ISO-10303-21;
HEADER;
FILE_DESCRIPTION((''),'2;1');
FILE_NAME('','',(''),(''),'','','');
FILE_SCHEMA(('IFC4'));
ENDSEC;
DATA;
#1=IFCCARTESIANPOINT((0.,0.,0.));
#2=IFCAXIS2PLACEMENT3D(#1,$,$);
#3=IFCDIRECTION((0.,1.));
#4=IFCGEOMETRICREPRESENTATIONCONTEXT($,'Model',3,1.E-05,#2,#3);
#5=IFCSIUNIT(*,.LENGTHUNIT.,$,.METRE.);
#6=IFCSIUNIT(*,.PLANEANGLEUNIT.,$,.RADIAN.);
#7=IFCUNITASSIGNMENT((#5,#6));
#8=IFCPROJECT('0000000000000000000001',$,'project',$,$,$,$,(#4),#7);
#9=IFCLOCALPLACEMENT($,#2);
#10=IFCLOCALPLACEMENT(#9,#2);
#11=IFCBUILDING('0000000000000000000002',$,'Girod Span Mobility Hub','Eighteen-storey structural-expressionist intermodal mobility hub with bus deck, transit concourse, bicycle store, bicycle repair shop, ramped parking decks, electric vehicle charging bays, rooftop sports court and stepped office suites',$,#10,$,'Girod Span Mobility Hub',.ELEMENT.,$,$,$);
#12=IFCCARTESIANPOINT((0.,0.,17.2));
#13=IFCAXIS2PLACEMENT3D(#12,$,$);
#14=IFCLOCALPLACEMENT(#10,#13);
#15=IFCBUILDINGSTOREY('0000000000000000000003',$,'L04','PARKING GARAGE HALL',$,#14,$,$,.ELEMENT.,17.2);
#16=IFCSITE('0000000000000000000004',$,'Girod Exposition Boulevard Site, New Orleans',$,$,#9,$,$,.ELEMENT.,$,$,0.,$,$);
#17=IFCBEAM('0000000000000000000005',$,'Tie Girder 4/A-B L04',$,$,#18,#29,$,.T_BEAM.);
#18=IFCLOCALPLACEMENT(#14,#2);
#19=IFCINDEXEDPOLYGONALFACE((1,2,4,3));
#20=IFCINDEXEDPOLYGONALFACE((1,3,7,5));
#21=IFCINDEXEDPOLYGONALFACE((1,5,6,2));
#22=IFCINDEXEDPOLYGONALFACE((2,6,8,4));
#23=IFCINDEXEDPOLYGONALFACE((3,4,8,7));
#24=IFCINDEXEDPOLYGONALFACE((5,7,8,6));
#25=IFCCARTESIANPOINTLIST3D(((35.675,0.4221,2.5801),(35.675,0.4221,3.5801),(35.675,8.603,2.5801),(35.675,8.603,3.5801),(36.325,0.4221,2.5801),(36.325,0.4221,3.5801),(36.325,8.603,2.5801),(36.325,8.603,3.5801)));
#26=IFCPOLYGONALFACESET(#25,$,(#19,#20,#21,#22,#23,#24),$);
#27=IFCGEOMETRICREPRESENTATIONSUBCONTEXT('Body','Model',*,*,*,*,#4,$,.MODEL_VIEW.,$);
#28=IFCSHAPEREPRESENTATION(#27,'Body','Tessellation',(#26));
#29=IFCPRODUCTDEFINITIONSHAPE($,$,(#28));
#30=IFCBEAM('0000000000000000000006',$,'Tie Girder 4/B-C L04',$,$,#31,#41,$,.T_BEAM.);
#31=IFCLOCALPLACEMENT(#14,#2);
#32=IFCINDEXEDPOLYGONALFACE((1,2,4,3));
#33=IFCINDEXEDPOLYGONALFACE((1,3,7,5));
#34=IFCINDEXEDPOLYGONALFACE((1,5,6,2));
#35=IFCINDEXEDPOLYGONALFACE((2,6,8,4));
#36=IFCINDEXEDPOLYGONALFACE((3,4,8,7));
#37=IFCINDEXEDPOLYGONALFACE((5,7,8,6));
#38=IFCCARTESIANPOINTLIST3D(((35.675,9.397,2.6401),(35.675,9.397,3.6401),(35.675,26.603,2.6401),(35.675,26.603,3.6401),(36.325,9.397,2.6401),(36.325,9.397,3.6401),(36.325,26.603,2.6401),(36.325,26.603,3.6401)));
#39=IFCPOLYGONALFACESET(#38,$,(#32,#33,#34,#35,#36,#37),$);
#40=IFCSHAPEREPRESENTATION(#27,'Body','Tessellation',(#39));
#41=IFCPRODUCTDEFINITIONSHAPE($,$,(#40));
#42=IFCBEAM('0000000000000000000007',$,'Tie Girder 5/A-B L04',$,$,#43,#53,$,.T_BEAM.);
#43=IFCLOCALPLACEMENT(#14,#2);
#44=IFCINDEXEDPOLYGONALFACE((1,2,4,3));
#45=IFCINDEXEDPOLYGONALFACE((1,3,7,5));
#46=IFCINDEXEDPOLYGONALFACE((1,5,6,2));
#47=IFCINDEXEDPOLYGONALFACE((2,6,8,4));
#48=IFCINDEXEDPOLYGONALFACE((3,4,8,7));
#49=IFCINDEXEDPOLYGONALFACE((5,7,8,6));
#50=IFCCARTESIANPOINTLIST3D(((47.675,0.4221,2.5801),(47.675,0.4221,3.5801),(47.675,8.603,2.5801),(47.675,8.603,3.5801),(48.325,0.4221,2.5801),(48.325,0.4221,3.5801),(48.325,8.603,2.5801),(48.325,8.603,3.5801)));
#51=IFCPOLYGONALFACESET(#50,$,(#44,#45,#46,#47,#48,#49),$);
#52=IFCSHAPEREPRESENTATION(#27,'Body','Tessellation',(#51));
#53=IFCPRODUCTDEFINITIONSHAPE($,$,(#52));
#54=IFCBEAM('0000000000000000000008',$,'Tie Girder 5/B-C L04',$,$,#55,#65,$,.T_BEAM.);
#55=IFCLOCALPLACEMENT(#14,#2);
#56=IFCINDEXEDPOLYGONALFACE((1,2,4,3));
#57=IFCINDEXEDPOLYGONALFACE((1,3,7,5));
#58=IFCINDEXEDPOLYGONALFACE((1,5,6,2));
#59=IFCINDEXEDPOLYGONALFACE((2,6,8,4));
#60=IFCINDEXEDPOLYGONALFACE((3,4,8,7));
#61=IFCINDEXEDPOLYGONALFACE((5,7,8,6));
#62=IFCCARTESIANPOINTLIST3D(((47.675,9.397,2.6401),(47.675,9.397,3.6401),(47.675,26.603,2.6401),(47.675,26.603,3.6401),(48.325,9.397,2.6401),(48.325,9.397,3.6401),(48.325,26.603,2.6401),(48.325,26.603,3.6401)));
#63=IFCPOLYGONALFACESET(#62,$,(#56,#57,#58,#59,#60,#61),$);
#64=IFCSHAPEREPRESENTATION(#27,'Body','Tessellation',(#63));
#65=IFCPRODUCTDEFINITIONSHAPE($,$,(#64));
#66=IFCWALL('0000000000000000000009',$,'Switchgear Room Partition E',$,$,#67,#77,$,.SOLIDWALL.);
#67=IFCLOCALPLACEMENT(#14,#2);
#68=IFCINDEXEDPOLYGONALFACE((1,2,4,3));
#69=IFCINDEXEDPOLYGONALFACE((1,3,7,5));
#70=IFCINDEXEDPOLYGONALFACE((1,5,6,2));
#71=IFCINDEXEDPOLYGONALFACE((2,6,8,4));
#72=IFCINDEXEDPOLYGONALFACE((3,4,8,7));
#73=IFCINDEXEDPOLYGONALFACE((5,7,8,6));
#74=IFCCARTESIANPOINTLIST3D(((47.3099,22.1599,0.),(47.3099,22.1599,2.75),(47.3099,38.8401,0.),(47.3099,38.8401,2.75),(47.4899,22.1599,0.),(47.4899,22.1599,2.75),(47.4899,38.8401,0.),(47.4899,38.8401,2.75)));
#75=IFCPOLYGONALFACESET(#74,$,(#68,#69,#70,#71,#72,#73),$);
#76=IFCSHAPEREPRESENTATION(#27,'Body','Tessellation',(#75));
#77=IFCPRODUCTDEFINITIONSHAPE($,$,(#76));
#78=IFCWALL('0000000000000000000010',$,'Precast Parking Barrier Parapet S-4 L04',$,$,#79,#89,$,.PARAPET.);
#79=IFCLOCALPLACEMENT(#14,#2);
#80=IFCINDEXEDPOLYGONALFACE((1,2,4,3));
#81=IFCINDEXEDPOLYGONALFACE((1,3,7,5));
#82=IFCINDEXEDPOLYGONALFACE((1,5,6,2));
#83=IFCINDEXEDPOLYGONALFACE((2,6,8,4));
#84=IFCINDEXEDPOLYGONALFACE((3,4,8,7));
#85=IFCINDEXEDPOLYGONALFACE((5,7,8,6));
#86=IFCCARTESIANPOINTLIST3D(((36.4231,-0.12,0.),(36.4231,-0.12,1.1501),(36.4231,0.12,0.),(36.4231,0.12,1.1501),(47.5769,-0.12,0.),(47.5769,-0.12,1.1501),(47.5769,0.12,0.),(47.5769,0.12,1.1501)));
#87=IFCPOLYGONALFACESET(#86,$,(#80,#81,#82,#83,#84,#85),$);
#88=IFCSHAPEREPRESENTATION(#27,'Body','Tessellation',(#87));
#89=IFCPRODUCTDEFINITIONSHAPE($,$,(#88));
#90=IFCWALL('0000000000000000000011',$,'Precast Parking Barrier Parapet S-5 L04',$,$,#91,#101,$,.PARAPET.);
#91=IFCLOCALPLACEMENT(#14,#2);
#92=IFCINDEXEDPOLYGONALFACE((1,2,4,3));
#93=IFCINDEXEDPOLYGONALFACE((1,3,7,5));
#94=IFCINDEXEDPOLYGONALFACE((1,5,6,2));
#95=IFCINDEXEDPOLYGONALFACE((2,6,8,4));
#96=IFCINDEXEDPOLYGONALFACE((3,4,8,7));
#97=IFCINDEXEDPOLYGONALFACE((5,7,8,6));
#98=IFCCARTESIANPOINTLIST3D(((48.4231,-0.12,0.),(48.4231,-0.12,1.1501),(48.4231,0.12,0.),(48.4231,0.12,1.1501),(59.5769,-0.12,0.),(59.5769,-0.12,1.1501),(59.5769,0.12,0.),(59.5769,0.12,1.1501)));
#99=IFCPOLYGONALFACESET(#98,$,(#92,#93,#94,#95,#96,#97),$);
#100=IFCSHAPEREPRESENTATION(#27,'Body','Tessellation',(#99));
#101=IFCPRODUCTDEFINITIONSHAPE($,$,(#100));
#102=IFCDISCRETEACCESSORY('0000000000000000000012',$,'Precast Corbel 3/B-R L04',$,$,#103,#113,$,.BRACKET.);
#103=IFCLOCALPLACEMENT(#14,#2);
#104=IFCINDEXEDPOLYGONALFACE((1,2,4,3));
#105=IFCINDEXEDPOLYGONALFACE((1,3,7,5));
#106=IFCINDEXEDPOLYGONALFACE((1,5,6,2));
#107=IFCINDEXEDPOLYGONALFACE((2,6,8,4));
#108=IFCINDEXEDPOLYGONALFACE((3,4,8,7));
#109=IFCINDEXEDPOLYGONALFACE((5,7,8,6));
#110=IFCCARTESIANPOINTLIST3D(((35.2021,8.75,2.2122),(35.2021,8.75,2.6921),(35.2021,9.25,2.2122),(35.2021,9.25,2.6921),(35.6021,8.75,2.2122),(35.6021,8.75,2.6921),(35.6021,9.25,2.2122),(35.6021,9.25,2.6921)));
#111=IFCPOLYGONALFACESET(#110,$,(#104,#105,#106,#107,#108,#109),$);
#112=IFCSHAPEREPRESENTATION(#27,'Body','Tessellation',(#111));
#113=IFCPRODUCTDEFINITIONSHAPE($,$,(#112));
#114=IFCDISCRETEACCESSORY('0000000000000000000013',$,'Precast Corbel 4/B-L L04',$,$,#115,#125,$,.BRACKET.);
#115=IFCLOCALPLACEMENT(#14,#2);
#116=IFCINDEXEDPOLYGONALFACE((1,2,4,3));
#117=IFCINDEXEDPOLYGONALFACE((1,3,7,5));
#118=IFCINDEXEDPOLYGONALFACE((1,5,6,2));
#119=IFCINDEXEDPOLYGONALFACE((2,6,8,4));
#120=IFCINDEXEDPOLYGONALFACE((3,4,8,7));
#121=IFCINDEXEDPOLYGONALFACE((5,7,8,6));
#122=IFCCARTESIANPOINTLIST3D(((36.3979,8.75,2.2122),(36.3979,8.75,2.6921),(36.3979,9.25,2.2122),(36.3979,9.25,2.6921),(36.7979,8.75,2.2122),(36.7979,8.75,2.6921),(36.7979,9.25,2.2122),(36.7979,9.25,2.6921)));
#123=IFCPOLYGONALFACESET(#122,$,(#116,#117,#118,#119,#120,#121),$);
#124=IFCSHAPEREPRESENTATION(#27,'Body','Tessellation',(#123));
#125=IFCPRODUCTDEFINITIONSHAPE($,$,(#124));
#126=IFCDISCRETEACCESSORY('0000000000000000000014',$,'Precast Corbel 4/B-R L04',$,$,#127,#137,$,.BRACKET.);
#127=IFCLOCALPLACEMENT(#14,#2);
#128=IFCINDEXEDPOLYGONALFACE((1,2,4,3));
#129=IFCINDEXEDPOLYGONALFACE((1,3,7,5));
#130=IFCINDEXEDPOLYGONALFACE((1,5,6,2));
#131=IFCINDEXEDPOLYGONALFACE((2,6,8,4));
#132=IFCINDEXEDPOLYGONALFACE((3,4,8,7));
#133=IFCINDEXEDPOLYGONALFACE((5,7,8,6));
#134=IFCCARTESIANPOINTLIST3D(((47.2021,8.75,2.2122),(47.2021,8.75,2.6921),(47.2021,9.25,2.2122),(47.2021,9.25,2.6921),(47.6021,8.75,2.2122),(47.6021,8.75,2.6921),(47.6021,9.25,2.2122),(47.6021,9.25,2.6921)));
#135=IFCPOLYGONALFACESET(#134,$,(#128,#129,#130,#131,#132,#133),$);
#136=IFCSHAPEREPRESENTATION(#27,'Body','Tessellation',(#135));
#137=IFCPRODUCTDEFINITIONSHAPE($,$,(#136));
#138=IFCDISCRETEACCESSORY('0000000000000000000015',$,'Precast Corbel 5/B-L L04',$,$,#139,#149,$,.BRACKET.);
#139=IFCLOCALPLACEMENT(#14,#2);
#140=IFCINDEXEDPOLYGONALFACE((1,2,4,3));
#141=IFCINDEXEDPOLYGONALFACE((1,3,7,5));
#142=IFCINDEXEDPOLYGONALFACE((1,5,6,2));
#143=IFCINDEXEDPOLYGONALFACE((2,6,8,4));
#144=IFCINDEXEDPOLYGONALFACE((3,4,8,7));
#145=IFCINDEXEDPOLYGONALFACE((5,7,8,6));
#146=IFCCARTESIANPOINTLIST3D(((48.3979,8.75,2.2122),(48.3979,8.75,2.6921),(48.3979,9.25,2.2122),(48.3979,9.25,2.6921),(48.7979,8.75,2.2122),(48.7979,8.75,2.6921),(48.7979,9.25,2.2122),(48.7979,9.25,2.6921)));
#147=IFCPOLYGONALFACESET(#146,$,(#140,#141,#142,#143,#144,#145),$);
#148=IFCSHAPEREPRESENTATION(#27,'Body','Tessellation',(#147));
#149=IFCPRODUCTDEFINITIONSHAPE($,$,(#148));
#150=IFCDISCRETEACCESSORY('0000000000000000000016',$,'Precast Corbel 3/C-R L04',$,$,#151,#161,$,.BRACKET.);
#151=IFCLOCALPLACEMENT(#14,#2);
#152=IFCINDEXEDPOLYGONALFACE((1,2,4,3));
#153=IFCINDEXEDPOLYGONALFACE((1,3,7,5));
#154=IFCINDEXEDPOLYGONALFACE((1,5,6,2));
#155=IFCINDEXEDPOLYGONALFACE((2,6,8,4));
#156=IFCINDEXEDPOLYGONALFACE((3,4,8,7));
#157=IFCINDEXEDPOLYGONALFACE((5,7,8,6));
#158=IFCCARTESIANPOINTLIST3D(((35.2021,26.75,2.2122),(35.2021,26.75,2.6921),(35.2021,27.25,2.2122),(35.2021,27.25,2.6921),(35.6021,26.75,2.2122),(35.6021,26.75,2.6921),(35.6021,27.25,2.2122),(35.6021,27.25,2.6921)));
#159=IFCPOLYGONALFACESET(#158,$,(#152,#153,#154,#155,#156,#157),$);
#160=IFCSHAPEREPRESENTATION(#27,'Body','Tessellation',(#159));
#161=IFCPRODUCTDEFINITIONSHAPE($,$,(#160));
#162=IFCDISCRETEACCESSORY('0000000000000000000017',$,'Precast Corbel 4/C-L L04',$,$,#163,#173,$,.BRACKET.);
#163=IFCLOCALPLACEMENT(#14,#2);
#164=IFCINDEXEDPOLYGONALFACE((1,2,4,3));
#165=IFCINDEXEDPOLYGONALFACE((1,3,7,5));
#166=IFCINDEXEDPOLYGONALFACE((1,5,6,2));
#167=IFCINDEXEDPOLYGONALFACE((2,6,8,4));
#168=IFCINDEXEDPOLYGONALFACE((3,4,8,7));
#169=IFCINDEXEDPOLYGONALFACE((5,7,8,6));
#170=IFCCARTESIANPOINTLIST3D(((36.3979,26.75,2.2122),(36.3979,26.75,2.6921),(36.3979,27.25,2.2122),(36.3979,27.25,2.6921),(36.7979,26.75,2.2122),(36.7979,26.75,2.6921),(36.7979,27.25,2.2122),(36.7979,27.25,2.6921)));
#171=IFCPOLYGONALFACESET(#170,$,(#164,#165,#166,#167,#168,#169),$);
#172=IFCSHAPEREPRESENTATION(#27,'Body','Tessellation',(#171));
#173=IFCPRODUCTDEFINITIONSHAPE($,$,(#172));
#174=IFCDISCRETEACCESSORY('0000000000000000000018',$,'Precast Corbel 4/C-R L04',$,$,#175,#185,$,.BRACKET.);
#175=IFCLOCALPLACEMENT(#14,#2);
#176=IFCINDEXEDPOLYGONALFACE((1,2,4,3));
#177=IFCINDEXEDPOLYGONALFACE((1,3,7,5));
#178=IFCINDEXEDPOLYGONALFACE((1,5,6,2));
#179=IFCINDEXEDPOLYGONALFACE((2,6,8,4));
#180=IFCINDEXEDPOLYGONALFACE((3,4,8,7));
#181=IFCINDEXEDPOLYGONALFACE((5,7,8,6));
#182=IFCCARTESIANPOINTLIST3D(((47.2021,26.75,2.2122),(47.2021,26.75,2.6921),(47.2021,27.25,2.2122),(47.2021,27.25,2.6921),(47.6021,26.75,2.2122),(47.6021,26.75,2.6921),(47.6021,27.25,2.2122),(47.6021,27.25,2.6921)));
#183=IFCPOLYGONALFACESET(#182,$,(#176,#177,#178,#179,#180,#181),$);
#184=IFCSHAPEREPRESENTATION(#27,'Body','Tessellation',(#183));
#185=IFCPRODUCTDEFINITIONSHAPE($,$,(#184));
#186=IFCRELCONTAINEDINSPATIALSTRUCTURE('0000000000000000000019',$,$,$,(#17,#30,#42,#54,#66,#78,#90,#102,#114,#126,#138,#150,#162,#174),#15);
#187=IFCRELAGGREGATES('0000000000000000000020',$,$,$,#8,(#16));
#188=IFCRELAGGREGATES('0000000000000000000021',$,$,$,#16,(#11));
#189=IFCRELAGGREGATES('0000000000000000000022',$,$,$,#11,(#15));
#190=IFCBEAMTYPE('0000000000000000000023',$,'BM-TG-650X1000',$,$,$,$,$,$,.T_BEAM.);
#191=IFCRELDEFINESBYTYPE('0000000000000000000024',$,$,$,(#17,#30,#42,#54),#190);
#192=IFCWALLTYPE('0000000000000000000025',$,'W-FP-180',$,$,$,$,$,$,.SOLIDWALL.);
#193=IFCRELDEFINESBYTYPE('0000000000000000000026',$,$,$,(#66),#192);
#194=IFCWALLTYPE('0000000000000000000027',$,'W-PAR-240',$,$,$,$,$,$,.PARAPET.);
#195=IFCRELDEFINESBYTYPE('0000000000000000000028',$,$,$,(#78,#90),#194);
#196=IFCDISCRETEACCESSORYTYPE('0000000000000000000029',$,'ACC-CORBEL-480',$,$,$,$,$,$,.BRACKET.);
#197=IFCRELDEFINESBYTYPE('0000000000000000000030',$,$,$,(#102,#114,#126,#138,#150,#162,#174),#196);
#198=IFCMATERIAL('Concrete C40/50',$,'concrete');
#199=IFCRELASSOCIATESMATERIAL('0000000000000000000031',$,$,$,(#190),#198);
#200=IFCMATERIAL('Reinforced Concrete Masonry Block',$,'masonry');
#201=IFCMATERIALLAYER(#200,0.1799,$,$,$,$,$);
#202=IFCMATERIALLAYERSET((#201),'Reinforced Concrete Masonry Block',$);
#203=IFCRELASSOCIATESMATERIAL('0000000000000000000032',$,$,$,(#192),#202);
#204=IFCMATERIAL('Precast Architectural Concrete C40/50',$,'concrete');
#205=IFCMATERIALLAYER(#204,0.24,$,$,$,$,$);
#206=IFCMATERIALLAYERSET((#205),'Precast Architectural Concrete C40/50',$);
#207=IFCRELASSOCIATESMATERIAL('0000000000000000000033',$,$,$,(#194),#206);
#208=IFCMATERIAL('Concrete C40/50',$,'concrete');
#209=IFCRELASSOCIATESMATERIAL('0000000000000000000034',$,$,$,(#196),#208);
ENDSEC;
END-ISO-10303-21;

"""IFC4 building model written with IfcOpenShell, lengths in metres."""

from ifc_helpers import new_model, si_unit, direction, frame, frame_2d, origin, origin_2d, place, context, subcontext, project, spatial, rectangle, extrude, material, layer, layer_set, material_profile, profile_set, type_object, element, save


model = new_model("IFC4")

# Units and contexts
model_context = context("Model", 3, precision=1e-05, world=origin(), true_north=direction((0.0, 1.0)))
body_context = subcontext(model_context, "Body", "Model", "MODEL_VIEW")
ifc_project = project(units=[si_unit("LENGTHUNIT", "METRE"), si_unit("PLANEANGLEUNIT", "RADIAN")], contexts=[model_context])

# Site, building, storey
site_placement = place(None, origin())
site = spatial("IfcSite", under=ifc_project, at=site_placement, Name="Girod Exposition Boulevard Site, New Orleans", CompositionType="ELEMENT", RefElevation=0.0)
building_placement = place(site_placement, origin())
building = spatial("IfcBuilding", under=site, at=building_placement, Name="Girod Span Mobility Hub", Description="Eighteen-storey structural-expressionist intermodal mobility hub with bus deck, transit concourse, bicycle store, bicycle repair shop, ramped parking decks, electric vehicle charging bays, rooftop sports court and stepped office suites", LongName="Girod Span Mobility Hub", CompositionType="ELEMENT")
storey_placement = place(building_placement, frame((0.0, 0.0, 17.2)))
storey = spatial("IfcBuildingStorey", under=building, at=storey_placement, Name="L04", Description="PARKING GARAGE HALL", CompositionType="ELEMENT", Elevation=17.2)

# Beams
ifc_material_1 = material(Name="Concrete C40/50", Category="concrete")
ifc_material_profile_1 = material_profile(ifc_material_1, rectangle(XDim=0.6499, YDim=1.0, at=origin_2d()), Name="TG-650X1000")
ifc_profile_set_1 = profile_set([ifc_material_profile_1], Name="Concrete C40/50")
beam_type_1 = type_object("IfcBeamType", Name="BM-TG-650X1000", PredefinedType="T_BEAM", material=ifc_profile_set_1)
beam_1_placement = place(storey_placement, frame((36.0, 0.4221, 3.0801), z_axis=(0.0, 1.0, 0.0), x_axis=(-1.0, 0.0, 0.0)))
element("IfcBeam", 1, at=beam_1_placement, inside=storey, type_object=beam_type_1, Name="Tie Girder 4/A-B L04", PredefinedType="T_BEAM", context=body_context, shape_type="SweptSolid", body=[
    extrude(rectangle(XDim=0.6499, YDim=1.0, at=origin_2d()), origin(), (0.0, 0.0, 1.0), 8.1809),
])
beam_2_placement = place(storey_placement, frame((36.0, 9.397, 3.1401), z_axis=(0.0, 1.0, 0.0), x_axis=(-1.0, 0.0, 0.0)))
element("IfcBeam", 2, at=beam_2_placement, inside=storey, type_object=beam_type_1, Name="Tie Girder 4/B-C L04", PredefinedType="T_BEAM", context=body_context, shape_type="SweptSolid", body=[
    extrude(rectangle(XDim=0.6499, YDim=1.0, at=origin_2d()), origin(), (0.0, 0.0, 1.0), 17.2061),
])
beam_3_placement = place(storey_placement, frame((48.0, 0.4221, 3.0801), z_axis=(0.0, 1.0, 0.0), x_axis=(-1.0, 0.0, 0.0)))
element("IfcBeam", 3, at=beam_3_placement, inside=storey, type_object=beam_type_1, Name="Tie Girder 5/A-B L04", PredefinedType="T_BEAM", context=body_context, shape_type="SweptSolid", body=[
    extrude(rectangle(XDim=0.6499, YDim=1.0, at=origin_2d()), origin(), (0.0, 0.0, 1.0), 8.1809),
])
beam_4_placement = place(storey_placement, frame((48.0, 9.397, 3.1401), z_axis=(0.0, 1.0, 0.0), x_axis=(-1.0, 0.0, 0.0)))
element("IfcBeam", 4, at=beam_4_placement, inside=storey, type_object=beam_type_1, Name="Tie Girder 5/B-C L04", PredefinedType="T_BEAM", context=body_context, shape_type="SweptSolid", body=[
    extrude(rectangle(XDim=0.6499, YDim=1.0, at=origin_2d()), origin(), (0.0, 0.0, 1.0), 17.2061),
])

# Walls
ifc_material_2 = material(Name="Reinforced Concrete Masonry Block", Category="masonry")
ifc_layer_1 = layer(ifc_material_2, 0.1799)
ifc_layer_set_1 = layer_set([ifc_layer_1], Name="Reinforced Concrete Masonry Block")
wall_type_1 = type_object("IfcWallType", Name="W-FP-180", PredefinedType="SOLIDWALL", material=ifc_layer_set_1)
wall_placement = place(storey_placement, frame((47.3999, 22.1599, 0.0), z_axis=(0.0, 0.0, 1.0), x_axis=(0.0, 1.0, 0.0)))
element("IfcWall", 5, at=wall_placement, inside=storey, type_object=wall_type_1, Name="Switchgear Room Partition E", PredefinedType="SOLIDWALL", context=body_context, shape_type="SweptSolid", body=[
    extrude(rectangle(XDim=16.6802, YDim=0.1799, at=frame_2d((8.3401, 0.0))), origin(), (0.0, 0.0, 1.0), 2.75),
])
ifc_material_3 = material(Name="Precast Architectural Concrete C40/50", Category="concrete")
ifc_layer_2 = layer(ifc_material_3, 0.24)
ifc_layer_set_2 = layer_set([ifc_layer_2], Name="Precast Architectural Concrete C40/50")
wall_type_2 = type_object("IfcWallType", Name="W-PAR-240", PredefinedType="PARAPET", material=ifc_layer_set_2)
for number, where, z_axis, x_axis, name in (
    (6, (36.4231, 0.0, 0.0), (0.0, 0.0, 1.0), (1.0, 0.0, 0.0), "Precast Parking Barrier Parapet S-4 L04"),
    (7, (48.4231, 0.0, 0.0), (0.0, 0.0, 1.0), (1.0, 0.0, 0.0), "Precast Parking Barrier Parapet S-5 L04"),
):
    element("IfcWall", number, at=place(storey_placement, frame(where, z_axis=z_axis, x_axis=x_axis)), inside=storey, type_object=wall_type_2, Name=name, PredefinedType="PARAPET", context=body_context, shape_type="SweptSolid", body=[
        extrude(rectangle(XDim=11.1538, YDim=0.24, at=frame_2d((5.5769, 0.0))), origin(), (0.0, 0.0, 1.0), 1.1501),
    ])

# Discrete accessories
ifc_material_4 = material(Name="Concrete C40/50", Category="concrete")
discrete_accessory_type = type_object("IfcDiscreteAccessoryType", Name="ACC-CORBEL-480", PredefinedType="BRACKET", material=ifc_material_4)
for number, where, z_axis, x_axis, name in (
    (8, (35.4021, 9.0, 2.2122), (0.0, 0.0, 1.0), (1.0, 0.0, 0.0), "Precast Corbel 3/B-R L04"),
    (9, (36.5979, 9.0, 2.2122), (0.0, 0.0, 1.0), (1.0, 0.0, 0.0), "Precast Corbel 4/B-L L04"),
    (10, (47.4021, 9.0, 2.2122), (0.0, 0.0, 1.0), (1.0, 0.0, 0.0), "Precast Corbel 4/B-R L04"),
    (11, (48.5979, 9.0, 2.2122), (0.0, 0.0, 1.0), (1.0, 0.0, 0.0), "Precast Corbel 5/B-L L04"),
    (12, (35.4021, 27.0, 2.2122), (0.0, 0.0, 1.0), (1.0, 0.0, 0.0), "Precast Corbel 3/C-R L04"),
    (13, (36.5979, 27.0, 2.2122), (0.0, 0.0, 1.0), (1.0, 0.0, 0.0), "Precast Corbel 4/C-L L04"),
    (14, (47.4021, 27.0, 2.2122), (0.0, 0.0, 1.0), (1.0, 0.0, 0.0), "Precast Corbel 4/C-R L04"),
):
    element("IfcDiscreteAccessory", number, at=place(storey_placement, frame(where, z_axis=z_axis, x_axis=x_axis)), inside=storey, type_object=discrete_accessory_type, Name=name, PredefinedType="BRACKET", context=body_context, shape_type="SweptSolid", body=[
        extrude(rectangle(XDim=0.3999, YDim=0.5, at=origin_2d()), origin(), (0.0, 0.0, 1.0), 0.48),
    ])

save(model, "model.ifc")
